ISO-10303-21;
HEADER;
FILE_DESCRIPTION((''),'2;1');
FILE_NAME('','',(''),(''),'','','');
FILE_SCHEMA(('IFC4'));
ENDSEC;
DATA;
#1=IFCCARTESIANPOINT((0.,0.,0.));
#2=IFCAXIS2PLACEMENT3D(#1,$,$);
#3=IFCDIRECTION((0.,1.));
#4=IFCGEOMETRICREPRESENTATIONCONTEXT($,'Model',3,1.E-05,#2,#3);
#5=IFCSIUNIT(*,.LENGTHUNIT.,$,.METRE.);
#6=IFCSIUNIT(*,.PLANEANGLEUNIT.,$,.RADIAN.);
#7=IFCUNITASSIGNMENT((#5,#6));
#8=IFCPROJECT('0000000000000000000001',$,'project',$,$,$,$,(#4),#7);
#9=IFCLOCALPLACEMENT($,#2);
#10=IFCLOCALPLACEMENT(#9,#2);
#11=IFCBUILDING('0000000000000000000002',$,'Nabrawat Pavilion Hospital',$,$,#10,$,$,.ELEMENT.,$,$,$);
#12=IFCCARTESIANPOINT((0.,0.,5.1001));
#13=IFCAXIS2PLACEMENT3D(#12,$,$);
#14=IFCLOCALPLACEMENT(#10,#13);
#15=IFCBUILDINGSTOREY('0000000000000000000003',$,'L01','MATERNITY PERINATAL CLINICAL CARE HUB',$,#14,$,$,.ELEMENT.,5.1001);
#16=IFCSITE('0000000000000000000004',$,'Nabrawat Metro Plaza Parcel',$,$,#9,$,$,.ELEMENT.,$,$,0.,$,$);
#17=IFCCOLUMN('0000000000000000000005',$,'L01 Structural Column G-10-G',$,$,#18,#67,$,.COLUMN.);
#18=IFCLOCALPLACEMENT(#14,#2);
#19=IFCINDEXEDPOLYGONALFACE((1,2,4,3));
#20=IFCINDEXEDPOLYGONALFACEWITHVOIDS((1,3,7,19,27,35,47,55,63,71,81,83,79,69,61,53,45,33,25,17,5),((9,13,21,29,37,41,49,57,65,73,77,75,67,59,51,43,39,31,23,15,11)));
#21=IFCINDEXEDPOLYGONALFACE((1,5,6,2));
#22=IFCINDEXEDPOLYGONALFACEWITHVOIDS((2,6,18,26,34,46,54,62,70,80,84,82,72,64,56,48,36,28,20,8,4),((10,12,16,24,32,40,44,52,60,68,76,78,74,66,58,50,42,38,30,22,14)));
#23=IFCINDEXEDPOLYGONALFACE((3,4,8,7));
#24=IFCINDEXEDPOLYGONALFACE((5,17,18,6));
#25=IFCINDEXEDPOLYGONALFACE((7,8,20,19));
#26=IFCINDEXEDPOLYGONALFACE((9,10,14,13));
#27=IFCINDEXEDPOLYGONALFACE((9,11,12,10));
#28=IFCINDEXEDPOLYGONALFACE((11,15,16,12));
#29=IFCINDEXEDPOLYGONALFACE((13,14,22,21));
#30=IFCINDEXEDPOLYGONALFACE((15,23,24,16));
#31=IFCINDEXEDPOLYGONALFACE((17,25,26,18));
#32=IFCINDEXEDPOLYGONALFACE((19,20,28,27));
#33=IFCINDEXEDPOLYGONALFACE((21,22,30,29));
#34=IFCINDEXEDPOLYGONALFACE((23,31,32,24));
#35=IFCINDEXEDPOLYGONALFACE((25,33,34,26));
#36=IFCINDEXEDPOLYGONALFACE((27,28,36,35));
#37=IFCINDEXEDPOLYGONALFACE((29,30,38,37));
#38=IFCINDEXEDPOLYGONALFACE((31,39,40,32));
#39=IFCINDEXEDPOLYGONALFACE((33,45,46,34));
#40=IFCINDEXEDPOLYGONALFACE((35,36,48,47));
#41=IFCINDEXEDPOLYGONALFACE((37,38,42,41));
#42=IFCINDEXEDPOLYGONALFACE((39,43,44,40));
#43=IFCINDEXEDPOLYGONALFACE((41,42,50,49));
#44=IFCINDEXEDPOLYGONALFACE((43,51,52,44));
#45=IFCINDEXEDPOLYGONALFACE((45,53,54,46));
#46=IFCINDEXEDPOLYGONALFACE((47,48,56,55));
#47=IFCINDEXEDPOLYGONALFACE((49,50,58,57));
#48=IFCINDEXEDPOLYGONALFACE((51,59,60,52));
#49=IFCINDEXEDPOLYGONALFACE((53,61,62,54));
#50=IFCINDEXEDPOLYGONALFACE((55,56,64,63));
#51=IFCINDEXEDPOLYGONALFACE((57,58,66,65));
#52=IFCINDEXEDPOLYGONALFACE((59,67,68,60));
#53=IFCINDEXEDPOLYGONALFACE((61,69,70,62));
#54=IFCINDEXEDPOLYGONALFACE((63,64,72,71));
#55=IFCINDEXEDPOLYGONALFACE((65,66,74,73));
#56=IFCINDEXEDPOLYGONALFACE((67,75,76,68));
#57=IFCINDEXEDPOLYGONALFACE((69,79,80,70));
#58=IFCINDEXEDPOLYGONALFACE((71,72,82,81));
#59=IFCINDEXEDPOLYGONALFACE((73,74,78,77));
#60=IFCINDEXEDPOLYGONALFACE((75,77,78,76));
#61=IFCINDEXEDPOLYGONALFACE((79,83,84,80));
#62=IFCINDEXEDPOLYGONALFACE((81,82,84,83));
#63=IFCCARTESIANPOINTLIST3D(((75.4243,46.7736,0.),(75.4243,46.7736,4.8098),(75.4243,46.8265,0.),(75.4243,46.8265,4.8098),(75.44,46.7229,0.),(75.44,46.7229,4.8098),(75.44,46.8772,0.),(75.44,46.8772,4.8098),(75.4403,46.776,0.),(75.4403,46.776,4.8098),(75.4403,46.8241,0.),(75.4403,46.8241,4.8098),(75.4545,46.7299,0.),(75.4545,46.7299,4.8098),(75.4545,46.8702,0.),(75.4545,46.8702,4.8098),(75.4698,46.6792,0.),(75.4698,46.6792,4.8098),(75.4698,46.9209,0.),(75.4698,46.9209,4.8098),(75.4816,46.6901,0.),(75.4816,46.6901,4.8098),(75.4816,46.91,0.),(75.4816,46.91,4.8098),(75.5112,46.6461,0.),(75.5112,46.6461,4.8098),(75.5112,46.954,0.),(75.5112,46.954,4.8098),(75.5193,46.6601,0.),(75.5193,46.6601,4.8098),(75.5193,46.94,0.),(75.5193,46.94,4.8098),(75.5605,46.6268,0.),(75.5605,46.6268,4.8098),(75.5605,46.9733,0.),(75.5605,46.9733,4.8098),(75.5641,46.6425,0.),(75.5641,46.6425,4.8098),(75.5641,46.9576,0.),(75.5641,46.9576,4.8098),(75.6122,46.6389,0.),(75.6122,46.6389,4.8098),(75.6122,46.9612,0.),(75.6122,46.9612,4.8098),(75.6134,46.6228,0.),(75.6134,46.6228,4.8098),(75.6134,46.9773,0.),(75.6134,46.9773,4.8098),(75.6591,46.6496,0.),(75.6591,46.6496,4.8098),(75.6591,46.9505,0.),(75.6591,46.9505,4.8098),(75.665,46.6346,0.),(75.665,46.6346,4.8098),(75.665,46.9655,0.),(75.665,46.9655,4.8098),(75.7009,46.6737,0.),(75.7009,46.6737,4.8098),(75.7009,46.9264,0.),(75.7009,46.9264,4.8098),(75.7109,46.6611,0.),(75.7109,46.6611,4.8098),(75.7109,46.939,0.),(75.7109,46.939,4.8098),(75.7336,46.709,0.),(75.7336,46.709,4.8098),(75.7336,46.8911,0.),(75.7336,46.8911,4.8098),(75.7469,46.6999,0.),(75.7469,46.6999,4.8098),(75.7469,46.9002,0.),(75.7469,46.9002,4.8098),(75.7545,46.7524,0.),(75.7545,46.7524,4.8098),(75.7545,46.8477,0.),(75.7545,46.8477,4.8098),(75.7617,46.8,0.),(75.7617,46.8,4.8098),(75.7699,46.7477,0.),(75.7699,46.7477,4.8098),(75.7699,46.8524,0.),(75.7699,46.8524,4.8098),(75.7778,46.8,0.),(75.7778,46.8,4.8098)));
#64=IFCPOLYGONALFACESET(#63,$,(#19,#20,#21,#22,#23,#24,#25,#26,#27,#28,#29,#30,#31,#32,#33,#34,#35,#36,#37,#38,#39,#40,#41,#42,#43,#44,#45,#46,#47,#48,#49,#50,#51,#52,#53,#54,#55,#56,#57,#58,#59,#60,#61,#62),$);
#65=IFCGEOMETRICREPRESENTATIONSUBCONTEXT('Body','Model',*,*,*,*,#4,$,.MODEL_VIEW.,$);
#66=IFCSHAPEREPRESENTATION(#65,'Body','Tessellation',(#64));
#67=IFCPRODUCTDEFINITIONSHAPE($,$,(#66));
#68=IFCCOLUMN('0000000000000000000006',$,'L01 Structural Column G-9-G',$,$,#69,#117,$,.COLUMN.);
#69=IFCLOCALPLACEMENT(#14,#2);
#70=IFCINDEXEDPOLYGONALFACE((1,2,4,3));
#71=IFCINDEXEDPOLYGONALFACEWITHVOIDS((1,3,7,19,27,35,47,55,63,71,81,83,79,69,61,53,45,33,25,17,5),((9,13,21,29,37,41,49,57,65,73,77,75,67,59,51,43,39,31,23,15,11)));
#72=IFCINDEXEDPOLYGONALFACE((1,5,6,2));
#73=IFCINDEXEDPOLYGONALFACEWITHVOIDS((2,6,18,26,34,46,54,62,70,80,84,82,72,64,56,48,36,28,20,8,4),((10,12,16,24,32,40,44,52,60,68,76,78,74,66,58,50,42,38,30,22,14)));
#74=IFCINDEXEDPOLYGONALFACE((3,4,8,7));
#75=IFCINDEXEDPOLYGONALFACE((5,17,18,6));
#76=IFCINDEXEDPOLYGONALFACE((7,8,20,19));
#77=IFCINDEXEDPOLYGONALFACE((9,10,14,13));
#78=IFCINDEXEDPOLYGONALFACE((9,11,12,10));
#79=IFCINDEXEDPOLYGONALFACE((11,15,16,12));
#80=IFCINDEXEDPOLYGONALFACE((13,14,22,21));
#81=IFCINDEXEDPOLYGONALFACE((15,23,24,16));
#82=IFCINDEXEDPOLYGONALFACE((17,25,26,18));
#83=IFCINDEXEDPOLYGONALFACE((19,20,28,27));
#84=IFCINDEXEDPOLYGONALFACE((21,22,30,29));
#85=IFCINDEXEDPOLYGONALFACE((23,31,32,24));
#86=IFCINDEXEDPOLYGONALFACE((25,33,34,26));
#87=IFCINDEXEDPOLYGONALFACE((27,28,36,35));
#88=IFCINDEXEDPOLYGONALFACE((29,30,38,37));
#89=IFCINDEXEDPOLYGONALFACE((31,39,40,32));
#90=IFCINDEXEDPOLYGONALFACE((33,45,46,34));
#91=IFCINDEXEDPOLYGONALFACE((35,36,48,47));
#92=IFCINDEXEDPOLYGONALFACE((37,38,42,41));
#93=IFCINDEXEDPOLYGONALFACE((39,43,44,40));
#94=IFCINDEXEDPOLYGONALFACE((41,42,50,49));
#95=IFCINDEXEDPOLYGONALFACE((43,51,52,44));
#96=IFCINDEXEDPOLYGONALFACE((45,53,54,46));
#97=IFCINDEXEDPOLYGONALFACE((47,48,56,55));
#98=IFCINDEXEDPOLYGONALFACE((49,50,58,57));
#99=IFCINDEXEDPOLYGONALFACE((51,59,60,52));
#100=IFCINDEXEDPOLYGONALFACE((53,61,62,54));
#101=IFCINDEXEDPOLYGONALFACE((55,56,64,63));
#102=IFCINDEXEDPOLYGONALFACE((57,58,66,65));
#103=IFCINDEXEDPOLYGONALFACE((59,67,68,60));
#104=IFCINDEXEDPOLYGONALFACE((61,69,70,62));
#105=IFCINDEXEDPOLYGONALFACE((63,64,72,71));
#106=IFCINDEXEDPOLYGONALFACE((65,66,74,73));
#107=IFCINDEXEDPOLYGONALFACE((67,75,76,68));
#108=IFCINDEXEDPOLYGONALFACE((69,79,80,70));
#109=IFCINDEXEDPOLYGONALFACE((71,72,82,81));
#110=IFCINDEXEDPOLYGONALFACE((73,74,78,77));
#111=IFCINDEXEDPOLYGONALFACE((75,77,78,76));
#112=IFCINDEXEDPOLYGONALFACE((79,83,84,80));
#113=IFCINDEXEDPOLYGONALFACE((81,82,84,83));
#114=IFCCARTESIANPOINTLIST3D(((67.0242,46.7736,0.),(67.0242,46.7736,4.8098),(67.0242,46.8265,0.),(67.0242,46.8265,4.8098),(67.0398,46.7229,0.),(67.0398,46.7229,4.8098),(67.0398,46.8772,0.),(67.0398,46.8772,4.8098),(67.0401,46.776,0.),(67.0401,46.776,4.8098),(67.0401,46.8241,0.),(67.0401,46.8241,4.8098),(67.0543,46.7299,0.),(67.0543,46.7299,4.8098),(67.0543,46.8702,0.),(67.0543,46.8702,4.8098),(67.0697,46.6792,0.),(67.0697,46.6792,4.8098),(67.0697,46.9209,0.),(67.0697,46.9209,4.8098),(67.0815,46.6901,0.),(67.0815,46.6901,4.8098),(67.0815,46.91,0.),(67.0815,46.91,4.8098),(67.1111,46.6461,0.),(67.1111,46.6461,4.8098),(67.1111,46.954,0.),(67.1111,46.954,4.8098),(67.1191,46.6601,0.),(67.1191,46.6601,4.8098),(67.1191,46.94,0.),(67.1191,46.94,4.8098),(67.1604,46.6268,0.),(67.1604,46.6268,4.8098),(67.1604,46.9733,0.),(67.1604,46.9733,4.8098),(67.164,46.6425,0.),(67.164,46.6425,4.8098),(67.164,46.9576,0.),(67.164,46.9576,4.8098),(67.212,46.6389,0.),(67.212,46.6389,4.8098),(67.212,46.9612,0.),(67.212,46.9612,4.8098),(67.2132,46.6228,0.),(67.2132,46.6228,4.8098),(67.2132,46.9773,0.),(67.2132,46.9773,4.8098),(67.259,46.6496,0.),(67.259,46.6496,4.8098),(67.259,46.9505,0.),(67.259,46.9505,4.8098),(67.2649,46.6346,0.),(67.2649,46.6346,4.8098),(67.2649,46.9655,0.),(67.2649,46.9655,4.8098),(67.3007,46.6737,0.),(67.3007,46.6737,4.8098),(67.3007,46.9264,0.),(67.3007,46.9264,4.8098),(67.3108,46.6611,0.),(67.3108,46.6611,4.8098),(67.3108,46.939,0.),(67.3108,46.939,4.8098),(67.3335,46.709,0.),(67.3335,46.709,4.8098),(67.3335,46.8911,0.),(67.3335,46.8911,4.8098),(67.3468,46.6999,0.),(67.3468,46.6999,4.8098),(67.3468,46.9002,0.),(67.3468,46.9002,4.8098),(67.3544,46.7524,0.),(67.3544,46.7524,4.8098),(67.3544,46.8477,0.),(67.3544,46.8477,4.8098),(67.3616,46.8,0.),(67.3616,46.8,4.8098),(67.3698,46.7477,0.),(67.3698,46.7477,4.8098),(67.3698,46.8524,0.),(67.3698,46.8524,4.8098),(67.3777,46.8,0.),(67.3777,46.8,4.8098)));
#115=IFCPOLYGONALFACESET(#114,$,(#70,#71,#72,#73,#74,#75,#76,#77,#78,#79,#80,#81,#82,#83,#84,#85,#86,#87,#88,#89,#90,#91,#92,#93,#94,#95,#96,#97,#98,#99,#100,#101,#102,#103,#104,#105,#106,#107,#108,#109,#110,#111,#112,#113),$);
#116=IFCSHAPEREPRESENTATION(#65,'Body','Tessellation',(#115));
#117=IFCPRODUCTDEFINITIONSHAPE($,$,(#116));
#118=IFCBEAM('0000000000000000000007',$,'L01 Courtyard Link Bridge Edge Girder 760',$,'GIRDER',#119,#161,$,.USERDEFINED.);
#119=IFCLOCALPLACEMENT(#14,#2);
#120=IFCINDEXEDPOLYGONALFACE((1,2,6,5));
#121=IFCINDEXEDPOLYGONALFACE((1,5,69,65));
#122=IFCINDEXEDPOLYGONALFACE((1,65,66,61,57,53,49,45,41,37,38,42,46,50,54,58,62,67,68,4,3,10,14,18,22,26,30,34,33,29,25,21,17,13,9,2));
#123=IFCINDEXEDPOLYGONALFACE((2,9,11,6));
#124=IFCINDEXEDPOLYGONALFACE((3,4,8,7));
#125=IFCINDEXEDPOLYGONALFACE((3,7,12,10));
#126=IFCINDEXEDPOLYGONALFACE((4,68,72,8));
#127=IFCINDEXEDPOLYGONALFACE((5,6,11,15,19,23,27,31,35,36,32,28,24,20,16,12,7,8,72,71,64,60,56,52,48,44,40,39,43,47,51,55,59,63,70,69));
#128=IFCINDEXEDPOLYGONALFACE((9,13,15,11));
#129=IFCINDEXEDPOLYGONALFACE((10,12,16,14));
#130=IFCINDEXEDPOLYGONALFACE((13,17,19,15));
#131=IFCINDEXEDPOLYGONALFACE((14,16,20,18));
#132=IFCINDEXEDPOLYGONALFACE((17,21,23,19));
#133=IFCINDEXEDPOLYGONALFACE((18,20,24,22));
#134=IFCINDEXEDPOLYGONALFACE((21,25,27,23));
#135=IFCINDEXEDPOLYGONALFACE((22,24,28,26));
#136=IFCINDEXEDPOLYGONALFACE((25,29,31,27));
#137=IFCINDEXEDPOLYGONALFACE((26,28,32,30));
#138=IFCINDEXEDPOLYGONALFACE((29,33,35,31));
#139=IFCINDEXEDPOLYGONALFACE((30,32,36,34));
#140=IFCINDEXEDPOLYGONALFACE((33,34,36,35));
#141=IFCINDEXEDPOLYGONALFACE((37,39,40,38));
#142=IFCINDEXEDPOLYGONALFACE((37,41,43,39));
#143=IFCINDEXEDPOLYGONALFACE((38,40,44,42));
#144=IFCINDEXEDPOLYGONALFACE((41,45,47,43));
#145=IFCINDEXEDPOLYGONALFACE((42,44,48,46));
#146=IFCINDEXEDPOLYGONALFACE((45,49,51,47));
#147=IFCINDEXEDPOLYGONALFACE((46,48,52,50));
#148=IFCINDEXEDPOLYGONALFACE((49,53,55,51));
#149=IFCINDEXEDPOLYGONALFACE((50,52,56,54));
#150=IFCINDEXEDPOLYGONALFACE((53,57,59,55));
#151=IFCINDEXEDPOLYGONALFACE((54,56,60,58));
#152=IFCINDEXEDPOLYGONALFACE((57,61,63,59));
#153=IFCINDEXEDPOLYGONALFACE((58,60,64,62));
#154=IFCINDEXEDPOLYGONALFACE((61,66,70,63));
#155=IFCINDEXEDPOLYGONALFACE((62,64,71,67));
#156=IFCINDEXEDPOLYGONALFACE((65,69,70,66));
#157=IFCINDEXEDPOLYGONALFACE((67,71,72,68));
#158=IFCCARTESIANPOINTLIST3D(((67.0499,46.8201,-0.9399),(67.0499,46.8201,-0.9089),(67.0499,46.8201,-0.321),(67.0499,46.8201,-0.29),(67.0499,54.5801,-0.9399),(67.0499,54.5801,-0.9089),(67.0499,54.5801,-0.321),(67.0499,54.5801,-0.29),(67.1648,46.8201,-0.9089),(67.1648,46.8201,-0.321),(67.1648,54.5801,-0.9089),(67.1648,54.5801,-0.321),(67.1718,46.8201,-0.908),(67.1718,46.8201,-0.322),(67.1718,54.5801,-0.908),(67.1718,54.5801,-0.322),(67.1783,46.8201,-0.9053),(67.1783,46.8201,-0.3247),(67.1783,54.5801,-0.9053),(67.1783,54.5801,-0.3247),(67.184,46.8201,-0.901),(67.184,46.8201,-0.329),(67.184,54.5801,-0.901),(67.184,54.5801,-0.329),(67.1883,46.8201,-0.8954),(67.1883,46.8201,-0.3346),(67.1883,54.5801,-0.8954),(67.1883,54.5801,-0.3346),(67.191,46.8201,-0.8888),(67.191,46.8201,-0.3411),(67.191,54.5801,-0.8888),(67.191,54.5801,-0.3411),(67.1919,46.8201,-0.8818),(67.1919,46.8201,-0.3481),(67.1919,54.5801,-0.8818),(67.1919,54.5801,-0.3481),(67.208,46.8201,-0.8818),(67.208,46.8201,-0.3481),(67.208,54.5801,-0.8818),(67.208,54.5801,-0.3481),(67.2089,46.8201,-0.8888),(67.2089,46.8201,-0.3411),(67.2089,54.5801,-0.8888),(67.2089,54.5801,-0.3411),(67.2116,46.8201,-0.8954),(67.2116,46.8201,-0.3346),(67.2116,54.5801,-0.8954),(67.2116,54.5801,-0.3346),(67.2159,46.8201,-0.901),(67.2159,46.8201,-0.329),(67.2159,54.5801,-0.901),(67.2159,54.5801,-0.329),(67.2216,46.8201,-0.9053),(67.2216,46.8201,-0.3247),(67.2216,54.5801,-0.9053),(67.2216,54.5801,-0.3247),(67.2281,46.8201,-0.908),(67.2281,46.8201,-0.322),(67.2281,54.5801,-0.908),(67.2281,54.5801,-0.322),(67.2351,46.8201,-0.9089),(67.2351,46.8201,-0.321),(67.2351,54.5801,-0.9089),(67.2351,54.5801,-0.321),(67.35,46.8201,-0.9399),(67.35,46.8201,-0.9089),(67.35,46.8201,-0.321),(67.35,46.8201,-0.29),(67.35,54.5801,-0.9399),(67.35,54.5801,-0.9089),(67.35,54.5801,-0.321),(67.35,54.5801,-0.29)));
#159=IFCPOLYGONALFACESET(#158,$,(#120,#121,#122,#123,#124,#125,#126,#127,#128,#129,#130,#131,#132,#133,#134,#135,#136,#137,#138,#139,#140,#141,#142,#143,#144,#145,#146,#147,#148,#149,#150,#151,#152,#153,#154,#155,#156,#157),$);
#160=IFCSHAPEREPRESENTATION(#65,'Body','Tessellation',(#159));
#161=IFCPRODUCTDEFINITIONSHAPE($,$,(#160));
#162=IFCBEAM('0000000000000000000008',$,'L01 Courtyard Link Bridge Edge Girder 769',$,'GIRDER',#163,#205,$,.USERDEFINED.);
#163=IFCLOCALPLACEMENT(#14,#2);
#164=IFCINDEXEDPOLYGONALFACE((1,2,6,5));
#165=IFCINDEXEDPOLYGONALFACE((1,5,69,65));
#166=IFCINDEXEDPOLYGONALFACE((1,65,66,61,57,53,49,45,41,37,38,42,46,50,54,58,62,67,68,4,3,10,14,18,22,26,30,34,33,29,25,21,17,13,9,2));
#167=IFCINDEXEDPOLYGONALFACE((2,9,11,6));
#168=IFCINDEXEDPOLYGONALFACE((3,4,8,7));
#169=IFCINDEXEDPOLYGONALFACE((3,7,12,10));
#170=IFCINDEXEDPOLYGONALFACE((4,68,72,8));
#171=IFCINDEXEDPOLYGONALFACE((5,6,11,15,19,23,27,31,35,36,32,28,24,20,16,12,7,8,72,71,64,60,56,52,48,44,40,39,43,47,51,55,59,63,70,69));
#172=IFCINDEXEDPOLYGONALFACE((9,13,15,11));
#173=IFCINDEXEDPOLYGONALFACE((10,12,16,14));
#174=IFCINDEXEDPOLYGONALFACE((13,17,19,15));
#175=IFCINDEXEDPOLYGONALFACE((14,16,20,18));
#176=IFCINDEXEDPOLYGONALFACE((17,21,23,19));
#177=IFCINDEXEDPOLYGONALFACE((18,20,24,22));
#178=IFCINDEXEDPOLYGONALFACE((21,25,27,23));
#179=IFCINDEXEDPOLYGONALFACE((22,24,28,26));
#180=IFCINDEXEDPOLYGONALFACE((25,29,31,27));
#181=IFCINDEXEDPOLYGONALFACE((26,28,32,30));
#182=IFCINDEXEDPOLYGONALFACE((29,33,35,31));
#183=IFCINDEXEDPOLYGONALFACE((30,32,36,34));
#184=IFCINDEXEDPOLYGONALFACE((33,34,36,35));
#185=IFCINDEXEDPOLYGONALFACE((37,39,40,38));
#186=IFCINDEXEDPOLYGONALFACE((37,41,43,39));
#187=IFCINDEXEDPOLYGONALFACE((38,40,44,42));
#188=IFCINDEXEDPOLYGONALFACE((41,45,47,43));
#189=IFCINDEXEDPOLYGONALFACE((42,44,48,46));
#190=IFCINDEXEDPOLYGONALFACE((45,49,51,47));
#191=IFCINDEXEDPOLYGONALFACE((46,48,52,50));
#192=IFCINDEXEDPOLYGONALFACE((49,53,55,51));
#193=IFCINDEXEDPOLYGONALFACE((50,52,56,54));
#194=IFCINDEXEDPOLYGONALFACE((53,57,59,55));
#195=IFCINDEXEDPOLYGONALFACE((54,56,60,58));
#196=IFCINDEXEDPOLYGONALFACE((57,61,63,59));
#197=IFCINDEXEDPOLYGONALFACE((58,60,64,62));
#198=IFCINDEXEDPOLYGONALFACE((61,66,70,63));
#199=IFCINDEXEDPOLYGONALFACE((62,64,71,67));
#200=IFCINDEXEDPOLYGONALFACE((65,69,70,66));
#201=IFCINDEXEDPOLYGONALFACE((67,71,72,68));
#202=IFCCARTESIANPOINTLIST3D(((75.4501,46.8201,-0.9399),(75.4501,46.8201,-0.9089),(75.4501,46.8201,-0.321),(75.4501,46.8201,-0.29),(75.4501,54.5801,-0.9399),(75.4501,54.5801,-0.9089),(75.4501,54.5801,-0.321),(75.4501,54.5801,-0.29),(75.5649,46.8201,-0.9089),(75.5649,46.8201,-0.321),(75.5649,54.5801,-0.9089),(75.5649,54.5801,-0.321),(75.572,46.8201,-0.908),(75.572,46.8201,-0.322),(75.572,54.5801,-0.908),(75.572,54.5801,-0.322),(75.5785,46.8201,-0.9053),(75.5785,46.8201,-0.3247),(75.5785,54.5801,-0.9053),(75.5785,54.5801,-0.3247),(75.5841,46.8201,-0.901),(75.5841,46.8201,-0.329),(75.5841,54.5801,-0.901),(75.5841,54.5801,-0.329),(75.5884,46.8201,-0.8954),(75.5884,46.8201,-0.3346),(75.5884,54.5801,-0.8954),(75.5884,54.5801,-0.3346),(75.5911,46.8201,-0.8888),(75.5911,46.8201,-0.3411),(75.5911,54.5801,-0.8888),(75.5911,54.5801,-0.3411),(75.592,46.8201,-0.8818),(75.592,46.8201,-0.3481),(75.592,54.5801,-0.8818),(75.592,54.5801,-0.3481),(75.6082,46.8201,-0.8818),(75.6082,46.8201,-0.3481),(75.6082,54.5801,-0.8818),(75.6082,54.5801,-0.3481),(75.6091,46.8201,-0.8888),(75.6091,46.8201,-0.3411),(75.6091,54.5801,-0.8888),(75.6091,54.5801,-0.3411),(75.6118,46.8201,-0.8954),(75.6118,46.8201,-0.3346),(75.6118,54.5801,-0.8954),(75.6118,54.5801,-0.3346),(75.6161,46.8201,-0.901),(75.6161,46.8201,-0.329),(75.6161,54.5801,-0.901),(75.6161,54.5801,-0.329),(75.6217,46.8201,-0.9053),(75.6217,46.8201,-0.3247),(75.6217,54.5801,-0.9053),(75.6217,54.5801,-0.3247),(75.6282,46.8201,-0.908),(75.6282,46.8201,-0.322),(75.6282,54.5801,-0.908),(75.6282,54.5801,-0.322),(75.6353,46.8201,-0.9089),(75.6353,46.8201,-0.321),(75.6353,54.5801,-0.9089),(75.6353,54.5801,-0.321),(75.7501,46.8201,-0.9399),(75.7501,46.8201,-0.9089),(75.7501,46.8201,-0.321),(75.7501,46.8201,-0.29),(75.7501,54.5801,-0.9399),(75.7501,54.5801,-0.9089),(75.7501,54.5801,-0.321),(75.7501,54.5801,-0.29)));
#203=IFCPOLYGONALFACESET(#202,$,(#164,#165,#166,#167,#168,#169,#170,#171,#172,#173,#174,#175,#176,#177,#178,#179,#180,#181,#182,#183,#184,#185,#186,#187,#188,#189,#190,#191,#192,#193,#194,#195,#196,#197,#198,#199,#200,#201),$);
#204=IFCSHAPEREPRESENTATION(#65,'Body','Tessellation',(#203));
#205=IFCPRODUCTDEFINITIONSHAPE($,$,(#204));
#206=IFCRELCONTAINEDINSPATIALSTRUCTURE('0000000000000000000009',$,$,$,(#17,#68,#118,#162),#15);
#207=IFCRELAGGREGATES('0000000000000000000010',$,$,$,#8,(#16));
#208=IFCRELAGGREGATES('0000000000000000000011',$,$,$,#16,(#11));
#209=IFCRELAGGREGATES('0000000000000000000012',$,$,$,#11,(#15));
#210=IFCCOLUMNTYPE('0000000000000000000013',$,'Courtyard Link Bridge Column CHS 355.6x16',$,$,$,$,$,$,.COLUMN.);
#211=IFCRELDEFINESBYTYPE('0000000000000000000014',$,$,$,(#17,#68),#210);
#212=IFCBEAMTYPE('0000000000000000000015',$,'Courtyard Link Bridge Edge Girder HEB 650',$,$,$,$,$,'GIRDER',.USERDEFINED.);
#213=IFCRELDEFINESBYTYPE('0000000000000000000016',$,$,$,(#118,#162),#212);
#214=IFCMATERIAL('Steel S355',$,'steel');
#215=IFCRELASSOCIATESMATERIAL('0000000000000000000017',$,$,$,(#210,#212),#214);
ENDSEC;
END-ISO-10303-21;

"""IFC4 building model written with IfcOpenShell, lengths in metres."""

from ifc_helpers import new_model, si_unit, direction, frame, origin, origin_2d, place, context, subcontext, project, spatial, hollow_circle, i_section, extrude, material, material_profile, profile_set, type_object, element, save


model = new_model("IFC4")

# Units and contexts
model_context = context("Model", 3, precision=1e-05, world=origin(), true_north=direction((0.0, 1.0)))
body_context = subcontext(model_context, "Body", "Model", "MODEL_VIEW")
ifc_project = project(units=[si_unit("LENGTHUNIT", "METRE"), si_unit("PLANEANGLEUNIT", "RADIAN")], contexts=[model_context])

# Site, building, storey
site_placement = place(None, origin())
site = spatial("IfcSite", under=ifc_project, at=site_placement, Name="Nabrawat Metro Plaza Parcel", CompositionType="ELEMENT", RefElevation=0.0)
building_placement = place(site_placement, origin())
building = spatial("IfcBuilding", under=site, at=building_placement, Name="Nabrawat Pavilion Hospital", CompositionType="ELEMENT")
storey_placement = place(building_placement, frame((0.0, 0.0, 5.1001)))
storey = spatial("IfcBuildingStorey", under=building, at=storey_placement, Name="L01", Description="MATERNITY PERINATAL CLINICAL CARE HUB", CompositionType="ELEMENT", Elevation=5.1001)

# Columns
ifc_material_1 = material(Name="Steel S355", Category="steel")
ifc_material_profile_1 = material_profile(ifc_material_1, hollow_circle(Radius=0.1777, WallThickness=0.0161, at=origin_2d()), Name="CHS 355.6x16")
ifc_profile_set_1 = profile_set([ifc_material_profile_1], Name="Steel S355")
column_type = type_object("IfcColumnType", Name="Courtyard Link Bridge Column CHS 355.6x16", PredefinedType="COLUMN", material=ifc_profile_set_1)
for number, where, z_axis, x_axis, name in (
    (1, (75.6001, 46.8, 0.0), (0.0, 0.0, 1.0), (1.0, 0.0, 0.0), "L01 Structural Column G-10-G"),
    (2, (67.2, 46.8, 0.0), (0.0, 0.0, 1.0), (1.0, 0.0, 0.0), "L01 Structural Column G-9-G"),
):
    element("IfcColumn", number, at=place(storey_placement, frame(where, z_axis=z_axis, x_axis=x_axis)), inside=storey, type_object=column_type, Name=name, PredefinedType="COLUMN", context=body_context, shape_type="SweptSolid", body=[
        extrude(hollow_circle(Radius=0.1777, WallThickness=0.0161, at=origin_2d()), origin(), (0.0, 0.0, 1.0), 4.8098),
    ])

# Beams
ifc_material_profile_2 = material_profile(ifc_material_1, i_section(OverallWidth=0.3, OverallDepth=0.6499, WebThickness=0.0161, FlangeThickness=0.031, FilletRadius=0.0271, at=origin_2d()), Name="HEB 650")
ifc_profile_set_2 = profile_set([ifc_material_profile_2], Name="Steel S355")
beam_type_1 = type_object("IfcBeamType", Name="Courtyard Link Bridge Edge Girder HEB 650", ElementType="GIRDER", PredefinedType="USERDEFINED", material=ifc_profile_set_2)
for number, where, z_axis, x_axis, name in (
    (3, (67.2, 46.8201, -0.615), (0.0, 1.0, 0.0), (-1.0, 0.0, 0.0), "L01 Courtyard Link Bridge Edge Girder 760"),
    (4, (75.6001, 46.8201, -0.615), (0.0, 1.0, 0.0), (-1.0, 0.0, 0.0), "L01 Courtyard Link Bridge Edge Girder 769"),
):
    element("IfcBeam", number, at=place(storey_placement, frame(where, z_axis=z_axis, x_axis=x_axis)), inside=storey, type_object=beam_type_1, Name=name, ObjectType="GIRDER", PredefinedType="USERDEFINED", context=body_context, shape_type="SweptSolid", body=[
        extrude(i_section(OverallWidth=0.3, OverallDepth=0.6499, WebThickness=0.0161, FlangeThickness=0.031, FilletRadius=0.0271, at=origin_2d()), origin(), (0.0, 0.0, 1.0), 7.76),
    ])

save(model, "model.ifc")
